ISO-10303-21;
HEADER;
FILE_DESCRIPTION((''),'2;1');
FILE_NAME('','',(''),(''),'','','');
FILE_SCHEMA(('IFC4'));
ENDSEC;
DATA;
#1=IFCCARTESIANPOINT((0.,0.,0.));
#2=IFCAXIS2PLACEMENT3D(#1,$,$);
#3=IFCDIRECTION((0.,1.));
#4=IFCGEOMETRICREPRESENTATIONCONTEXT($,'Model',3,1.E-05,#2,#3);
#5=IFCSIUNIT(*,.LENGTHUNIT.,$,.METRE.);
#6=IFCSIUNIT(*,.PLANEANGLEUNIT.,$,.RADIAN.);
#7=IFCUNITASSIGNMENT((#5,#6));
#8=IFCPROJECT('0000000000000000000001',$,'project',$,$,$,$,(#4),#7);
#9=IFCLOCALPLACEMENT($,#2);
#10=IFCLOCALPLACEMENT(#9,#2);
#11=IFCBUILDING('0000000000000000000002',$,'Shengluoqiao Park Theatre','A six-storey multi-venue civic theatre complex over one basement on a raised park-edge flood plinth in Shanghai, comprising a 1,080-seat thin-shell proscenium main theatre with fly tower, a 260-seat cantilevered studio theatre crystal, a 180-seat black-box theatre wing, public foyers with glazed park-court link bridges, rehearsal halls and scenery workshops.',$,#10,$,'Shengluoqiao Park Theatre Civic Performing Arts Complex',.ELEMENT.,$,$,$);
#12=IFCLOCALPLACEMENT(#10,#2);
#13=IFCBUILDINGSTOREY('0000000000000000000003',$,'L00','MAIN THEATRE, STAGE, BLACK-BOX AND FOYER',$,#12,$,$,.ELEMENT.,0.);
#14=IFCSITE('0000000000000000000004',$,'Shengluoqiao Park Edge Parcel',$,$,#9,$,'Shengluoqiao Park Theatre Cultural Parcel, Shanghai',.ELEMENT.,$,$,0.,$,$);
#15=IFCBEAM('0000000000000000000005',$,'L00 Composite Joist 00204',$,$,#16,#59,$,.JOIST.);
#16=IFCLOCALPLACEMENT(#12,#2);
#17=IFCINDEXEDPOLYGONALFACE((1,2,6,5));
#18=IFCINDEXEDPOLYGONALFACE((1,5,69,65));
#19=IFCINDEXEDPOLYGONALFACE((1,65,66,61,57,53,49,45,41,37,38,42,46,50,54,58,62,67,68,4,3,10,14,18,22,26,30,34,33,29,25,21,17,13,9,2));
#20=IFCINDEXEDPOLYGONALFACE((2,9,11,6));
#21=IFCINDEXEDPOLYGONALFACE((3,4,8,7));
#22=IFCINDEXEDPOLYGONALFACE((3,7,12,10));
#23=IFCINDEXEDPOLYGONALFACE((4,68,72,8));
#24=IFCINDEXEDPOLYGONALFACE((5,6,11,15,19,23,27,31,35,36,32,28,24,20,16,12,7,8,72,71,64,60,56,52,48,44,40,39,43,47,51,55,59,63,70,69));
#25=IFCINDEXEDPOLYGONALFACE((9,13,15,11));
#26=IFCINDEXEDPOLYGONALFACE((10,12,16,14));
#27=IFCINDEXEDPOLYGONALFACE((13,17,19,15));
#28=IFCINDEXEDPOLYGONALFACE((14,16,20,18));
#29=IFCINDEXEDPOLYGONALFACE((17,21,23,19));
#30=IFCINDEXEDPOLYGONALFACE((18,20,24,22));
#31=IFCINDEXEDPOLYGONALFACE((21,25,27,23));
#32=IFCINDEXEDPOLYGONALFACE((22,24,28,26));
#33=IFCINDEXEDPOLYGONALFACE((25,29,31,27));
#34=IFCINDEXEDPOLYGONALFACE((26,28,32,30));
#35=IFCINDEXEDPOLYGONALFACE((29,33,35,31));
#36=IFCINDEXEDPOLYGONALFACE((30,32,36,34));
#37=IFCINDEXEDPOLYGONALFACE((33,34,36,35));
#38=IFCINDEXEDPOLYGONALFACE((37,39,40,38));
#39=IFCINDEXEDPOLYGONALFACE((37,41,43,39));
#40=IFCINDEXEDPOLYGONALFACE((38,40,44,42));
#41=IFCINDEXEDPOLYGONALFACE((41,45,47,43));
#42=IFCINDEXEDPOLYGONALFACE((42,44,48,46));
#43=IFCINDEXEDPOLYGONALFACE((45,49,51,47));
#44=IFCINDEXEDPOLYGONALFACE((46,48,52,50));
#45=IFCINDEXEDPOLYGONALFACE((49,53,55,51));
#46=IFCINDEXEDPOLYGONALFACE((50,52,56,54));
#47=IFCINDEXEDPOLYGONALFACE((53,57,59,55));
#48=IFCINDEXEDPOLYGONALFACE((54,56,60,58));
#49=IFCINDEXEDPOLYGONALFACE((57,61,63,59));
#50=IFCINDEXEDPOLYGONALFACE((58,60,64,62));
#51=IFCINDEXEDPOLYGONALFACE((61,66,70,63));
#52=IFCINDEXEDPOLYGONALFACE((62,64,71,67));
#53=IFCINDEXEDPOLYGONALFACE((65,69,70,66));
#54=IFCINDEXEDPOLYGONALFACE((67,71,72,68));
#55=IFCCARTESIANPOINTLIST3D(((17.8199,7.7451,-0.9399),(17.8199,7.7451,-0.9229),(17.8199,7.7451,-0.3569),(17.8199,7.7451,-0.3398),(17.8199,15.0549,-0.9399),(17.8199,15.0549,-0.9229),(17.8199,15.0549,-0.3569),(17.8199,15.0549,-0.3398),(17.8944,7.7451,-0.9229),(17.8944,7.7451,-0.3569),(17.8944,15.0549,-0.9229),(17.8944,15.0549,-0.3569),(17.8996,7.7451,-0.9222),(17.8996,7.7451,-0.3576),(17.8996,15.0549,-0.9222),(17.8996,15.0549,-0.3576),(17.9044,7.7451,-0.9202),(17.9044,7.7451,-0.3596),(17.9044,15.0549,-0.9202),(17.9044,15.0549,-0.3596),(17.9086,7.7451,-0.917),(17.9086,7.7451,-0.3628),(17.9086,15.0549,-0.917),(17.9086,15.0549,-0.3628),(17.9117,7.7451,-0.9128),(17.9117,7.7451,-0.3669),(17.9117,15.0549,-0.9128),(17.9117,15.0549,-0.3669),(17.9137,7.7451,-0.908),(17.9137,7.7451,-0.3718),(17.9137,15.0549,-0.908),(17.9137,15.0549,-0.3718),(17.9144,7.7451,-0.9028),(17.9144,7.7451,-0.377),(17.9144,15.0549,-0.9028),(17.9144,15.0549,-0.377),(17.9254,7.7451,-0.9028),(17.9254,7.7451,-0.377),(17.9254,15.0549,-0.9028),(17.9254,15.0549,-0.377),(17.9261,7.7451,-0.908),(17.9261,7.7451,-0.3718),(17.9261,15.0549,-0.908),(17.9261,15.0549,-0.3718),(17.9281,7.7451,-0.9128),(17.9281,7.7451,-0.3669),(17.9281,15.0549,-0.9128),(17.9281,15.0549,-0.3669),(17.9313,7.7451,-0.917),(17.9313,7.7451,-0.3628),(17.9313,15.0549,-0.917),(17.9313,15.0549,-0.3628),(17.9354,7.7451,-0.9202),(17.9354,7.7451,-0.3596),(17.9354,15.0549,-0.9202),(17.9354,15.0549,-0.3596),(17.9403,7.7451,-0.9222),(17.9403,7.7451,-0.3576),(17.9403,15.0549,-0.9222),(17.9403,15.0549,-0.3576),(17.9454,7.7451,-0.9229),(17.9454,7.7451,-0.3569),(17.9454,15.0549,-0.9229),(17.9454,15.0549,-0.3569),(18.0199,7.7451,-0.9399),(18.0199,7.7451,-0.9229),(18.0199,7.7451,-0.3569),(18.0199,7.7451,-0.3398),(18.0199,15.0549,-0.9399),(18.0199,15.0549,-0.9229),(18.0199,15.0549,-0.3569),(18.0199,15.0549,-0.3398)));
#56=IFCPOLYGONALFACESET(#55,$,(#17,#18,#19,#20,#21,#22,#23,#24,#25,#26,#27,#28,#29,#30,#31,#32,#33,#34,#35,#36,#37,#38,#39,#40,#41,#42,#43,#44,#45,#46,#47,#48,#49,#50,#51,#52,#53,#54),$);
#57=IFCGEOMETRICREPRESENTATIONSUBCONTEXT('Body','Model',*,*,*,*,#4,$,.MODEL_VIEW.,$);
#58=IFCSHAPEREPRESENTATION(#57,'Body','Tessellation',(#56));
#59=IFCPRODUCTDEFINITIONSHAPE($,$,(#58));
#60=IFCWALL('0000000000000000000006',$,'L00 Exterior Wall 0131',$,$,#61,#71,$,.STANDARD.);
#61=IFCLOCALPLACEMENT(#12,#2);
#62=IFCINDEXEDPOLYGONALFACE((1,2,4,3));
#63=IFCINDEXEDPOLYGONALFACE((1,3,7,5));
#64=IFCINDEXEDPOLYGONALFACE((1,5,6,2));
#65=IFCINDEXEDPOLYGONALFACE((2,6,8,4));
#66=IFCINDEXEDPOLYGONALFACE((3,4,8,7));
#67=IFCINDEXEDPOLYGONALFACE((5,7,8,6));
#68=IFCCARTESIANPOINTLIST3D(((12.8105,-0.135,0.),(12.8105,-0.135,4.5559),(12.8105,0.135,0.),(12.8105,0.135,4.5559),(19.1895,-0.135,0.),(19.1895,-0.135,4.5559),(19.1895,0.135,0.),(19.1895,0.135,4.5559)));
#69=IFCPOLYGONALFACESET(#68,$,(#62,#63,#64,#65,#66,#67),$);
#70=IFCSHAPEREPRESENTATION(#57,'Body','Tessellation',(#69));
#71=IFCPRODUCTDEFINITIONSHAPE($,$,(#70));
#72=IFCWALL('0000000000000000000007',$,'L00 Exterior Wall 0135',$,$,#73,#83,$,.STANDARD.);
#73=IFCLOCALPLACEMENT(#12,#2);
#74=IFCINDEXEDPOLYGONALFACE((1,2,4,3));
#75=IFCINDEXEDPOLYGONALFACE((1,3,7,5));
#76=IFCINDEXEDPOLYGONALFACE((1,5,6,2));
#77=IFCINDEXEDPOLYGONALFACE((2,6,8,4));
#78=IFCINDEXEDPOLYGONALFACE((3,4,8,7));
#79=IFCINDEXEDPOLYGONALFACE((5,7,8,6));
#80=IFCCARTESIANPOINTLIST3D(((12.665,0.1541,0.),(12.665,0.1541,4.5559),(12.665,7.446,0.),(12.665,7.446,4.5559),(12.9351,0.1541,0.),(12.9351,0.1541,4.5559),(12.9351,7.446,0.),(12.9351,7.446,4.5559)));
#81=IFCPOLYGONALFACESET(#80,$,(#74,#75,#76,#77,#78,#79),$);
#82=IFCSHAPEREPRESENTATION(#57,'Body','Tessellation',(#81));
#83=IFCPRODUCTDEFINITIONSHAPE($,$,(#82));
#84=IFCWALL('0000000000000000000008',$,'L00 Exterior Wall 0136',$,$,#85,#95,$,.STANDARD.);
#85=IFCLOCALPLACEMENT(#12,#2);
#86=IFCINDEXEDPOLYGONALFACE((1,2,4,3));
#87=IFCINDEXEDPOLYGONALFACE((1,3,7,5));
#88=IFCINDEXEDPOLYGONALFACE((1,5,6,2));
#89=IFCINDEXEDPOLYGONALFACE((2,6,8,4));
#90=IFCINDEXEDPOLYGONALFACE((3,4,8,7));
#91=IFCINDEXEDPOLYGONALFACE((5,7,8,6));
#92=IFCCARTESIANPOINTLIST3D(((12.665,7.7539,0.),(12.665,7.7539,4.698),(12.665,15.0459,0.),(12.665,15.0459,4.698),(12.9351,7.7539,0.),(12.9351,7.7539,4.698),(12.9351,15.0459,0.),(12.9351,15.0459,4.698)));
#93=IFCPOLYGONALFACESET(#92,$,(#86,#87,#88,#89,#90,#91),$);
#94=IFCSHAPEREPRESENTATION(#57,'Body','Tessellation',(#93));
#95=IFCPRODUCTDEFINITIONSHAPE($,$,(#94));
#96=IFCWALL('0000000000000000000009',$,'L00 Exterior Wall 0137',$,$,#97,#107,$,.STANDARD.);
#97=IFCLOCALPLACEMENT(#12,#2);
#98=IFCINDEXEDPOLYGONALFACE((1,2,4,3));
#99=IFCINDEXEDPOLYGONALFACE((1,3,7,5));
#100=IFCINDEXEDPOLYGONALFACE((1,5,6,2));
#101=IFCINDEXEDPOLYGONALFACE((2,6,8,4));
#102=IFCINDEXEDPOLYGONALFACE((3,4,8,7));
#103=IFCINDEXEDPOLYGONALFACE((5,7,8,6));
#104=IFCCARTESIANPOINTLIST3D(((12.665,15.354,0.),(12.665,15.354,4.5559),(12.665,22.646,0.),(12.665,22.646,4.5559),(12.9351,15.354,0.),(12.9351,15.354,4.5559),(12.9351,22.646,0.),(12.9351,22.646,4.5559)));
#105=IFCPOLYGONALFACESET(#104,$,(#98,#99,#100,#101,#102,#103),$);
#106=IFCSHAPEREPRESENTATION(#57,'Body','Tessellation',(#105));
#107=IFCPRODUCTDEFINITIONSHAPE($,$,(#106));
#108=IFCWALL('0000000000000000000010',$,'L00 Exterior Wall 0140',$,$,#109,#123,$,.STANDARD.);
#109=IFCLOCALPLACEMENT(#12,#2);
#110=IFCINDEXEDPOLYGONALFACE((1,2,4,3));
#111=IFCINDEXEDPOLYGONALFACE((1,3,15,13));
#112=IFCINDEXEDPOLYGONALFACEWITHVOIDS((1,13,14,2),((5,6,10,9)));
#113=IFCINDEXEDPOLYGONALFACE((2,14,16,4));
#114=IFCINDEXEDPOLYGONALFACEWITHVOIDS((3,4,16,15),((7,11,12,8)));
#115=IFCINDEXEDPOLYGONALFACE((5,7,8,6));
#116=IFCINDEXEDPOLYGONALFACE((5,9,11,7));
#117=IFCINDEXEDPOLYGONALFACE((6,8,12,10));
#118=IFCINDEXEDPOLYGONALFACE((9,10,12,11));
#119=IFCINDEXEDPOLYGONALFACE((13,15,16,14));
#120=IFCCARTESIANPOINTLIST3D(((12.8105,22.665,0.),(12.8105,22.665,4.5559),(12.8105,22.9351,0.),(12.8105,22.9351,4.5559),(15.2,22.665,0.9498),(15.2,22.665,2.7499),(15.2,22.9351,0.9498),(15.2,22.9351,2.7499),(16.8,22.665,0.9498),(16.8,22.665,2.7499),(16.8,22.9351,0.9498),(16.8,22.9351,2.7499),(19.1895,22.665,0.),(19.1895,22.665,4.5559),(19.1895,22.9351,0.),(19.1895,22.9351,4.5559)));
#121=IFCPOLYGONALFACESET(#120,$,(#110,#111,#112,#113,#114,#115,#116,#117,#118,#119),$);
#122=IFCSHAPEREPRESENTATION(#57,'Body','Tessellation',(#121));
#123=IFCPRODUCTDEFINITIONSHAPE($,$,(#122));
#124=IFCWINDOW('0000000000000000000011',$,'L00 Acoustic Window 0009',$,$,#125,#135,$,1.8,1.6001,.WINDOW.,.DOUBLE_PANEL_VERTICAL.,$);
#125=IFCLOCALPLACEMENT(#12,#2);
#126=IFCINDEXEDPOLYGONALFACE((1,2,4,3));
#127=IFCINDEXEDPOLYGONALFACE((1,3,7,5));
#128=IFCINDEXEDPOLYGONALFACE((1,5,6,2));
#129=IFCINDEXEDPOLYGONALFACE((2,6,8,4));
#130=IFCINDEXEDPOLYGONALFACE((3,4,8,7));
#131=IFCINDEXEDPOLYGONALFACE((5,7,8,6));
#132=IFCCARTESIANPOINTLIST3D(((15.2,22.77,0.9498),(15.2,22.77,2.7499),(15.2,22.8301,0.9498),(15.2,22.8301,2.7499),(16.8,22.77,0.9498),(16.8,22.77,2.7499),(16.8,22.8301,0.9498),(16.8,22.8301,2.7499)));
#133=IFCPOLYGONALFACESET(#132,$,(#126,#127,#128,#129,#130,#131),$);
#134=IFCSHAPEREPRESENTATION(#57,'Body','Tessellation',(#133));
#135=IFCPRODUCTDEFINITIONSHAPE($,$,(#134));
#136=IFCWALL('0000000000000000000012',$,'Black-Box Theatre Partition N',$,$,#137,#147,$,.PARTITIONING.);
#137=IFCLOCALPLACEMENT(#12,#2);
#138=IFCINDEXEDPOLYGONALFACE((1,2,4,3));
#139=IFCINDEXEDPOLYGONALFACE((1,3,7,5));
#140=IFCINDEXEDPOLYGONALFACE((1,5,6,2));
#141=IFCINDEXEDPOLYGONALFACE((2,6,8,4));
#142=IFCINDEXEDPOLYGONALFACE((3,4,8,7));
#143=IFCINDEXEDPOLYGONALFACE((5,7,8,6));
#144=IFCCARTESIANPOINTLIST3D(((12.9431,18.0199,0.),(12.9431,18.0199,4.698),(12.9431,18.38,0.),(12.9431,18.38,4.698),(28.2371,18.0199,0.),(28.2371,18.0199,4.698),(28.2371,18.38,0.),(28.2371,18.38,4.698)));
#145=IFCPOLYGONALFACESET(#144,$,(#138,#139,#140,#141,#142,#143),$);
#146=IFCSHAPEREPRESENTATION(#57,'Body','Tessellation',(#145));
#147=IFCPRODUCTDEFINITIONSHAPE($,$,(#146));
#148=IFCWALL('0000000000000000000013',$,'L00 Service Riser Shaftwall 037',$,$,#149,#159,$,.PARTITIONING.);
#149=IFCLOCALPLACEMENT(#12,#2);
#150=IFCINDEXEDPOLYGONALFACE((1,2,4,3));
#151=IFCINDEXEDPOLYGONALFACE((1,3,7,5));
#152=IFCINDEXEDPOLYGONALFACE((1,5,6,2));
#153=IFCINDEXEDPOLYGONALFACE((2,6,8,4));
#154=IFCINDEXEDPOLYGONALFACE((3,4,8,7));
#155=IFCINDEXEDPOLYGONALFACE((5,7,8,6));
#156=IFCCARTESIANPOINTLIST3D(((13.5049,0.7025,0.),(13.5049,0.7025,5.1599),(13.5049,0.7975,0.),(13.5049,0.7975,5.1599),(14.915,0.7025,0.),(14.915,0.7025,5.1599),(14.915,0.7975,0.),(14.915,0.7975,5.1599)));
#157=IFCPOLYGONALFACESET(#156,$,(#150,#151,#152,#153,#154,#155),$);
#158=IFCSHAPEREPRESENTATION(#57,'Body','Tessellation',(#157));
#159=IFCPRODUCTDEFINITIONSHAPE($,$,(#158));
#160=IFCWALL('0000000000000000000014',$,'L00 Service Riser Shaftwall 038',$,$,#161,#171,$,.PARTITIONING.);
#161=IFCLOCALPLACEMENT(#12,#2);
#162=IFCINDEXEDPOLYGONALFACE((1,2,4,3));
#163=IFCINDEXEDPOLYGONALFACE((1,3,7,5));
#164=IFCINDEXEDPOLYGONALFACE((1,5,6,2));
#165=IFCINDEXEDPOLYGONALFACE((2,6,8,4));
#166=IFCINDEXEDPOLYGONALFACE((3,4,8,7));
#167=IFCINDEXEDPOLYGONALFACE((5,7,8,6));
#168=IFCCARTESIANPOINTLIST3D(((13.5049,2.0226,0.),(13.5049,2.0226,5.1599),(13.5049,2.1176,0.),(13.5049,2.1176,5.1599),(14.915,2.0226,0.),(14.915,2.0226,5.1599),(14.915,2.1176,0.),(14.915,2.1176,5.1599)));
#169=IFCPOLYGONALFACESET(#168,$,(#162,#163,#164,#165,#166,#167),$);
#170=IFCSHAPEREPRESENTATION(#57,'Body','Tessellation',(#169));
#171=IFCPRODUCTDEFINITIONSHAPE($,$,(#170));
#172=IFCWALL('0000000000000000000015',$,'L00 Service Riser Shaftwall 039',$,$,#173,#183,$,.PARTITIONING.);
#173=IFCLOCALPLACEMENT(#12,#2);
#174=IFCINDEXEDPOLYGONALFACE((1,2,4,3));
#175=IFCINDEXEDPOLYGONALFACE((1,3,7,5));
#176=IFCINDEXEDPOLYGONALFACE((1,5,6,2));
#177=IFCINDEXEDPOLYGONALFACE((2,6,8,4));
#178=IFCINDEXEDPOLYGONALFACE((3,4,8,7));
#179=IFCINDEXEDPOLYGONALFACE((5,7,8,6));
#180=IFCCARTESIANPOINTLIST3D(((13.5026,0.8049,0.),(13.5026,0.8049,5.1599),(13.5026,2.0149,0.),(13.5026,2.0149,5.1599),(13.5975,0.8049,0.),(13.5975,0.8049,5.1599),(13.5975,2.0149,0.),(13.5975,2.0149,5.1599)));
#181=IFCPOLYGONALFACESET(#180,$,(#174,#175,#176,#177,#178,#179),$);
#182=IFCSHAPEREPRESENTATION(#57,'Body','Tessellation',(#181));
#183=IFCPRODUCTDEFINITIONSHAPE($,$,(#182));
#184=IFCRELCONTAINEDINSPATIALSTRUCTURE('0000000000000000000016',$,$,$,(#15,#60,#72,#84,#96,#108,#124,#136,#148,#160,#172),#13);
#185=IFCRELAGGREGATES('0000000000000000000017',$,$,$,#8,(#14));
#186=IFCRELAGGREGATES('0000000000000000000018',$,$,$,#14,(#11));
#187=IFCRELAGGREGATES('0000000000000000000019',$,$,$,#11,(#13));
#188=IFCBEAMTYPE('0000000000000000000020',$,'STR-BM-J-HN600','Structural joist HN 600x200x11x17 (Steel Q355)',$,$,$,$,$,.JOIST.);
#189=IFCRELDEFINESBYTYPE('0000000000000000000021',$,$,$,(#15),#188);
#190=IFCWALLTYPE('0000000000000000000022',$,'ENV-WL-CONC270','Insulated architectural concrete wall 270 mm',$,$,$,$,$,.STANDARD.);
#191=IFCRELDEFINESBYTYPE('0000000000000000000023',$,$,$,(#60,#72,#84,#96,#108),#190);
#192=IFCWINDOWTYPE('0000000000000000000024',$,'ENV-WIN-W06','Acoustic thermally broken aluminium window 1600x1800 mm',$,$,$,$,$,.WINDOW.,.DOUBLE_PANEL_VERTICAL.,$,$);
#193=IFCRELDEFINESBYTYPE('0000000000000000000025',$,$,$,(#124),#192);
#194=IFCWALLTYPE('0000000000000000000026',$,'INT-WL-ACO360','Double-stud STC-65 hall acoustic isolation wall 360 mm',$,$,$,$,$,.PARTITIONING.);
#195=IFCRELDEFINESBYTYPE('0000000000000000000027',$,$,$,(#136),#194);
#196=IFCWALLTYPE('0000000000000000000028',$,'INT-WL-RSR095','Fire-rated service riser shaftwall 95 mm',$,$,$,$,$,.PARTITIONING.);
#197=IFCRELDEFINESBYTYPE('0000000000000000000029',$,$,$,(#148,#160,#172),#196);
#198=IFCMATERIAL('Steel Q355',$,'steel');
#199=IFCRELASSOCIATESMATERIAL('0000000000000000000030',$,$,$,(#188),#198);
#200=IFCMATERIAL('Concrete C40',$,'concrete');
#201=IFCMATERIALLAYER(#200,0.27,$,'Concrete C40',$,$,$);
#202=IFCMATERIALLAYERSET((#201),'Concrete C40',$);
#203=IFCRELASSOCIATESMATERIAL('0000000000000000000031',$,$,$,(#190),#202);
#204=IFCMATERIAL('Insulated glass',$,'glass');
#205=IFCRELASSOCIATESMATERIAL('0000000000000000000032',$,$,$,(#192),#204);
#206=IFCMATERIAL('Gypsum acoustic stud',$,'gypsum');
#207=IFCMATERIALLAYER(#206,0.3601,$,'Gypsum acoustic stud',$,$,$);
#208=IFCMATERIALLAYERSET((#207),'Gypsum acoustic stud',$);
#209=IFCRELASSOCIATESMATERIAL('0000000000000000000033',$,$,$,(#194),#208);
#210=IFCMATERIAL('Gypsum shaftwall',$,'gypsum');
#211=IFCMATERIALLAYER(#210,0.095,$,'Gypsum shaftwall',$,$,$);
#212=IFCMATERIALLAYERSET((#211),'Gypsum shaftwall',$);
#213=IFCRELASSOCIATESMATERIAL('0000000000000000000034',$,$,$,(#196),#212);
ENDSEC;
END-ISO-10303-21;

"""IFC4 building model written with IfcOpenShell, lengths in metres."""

from ifc_helpers import new_model, si_unit, direction, frame, frame_2d, origin, origin_2d, place, context, subcontext, project, spatial, rectangle, i_section, extrude, material, layer, layer_set, material_profile, profile_set, type_object, element, fill, save


model = new_model("IFC4")

# Units and contexts
model_context = context("Model", 3, precision=1e-05, world=origin(), true_north=direction((0.0, 1.0)))
body_context = subcontext(model_context, "Body", "Model", "MODEL_VIEW")
ifc_project = project(units=[si_unit("LENGTHUNIT", "METRE"), si_unit("PLANEANGLEUNIT", "RADIAN")], contexts=[model_context])

# Site, building, storey
site_placement = place(None, origin())
site = spatial("IfcSite", under=ifc_project, at=site_placement, Name="Shengluoqiao Park Edge Parcel", LongName="Shengluoqiao Park Theatre Cultural Parcel, Shanghai", CompositionType="ELEMENT", RefElevation=0.0)
building_placement = place(site_placement, origin())
building = spatial("IfcBuilding", under=site, at=building_placement, Name="Shengluoqiao Park Theatre", Description="A six-storey multi-venue civic theatre complex over one basement on a raised park-edge flood plinth in Shanghai, comprising a 1,080-seat thin-shell proscenium main theatre with fly tower, a 260-seat cantilevered studio theatre crystal, a 180-seat black-box theatre wing, public foyers with glazed park-court link bridges, rehearsal halls and scenery workshops.", LongName="Shengluoqiao Park Theatre Civic Performing Arts Complex", CompositionType="ELEMENT")
storey_placement = place(building_placement, origin())
storey = spatial("IfcBuildingStorey", under=building, at=storey_placement, Name="L00", Description="MAIN THEATRE, STAGE, BLACK-BOX AND FOYER", CompositionType="ELEMENT", Elevation=0.0)

# Shared definitions
ifc_material_1 = material(Name="Steel Q355", Category="steel")

# Beam
ifc_material_profile_1 = material_profile(ifc_material_1, i_section(OverallWidth=0.2, OverallDepth=0.6001, WebThickness=0.011, FlangeThickness=0.0171, FilletRadius=0.02, at=origin_2d()), Name="HN 600x200x11x17")
ifc_profile_set_1 = profile_set([ifc_material_profile_1], Name="Steel Q355")
beam_type_1 = type_object("IfcBeamType", Name="STR-BM-J-HN600", Description="Structural joist HN 600x200x11x17 (Steel Q355)", PredefinedType="JOIST", material=ifc_profile_set_1)
for number, where, z_axis, x_axis, name in (
    (1, (17.9199, 7.7451, -0.6399), (0.0, 1.0, 0.0), (-1.0, 0.0, 0.0), "L00 Composite Joist 00204"),
):
    element("IfcBeam", number, at=place(storey_placement, frame(where, z_axis=z_axis, x_axis=x_axis)), inside=storey, type_object=beam_type_1, Name=name, PredefinedType="JOIST", context=body_context, shape_type="SweptSolid", body=[
        extrude(i_section(OverallWidth=0.2, OverallDepth=0.6001, WebThickness=0.011, FlangeThickness=0.0171, FilletRadius=0.02, at=origin_2d()), origin(), (0.0, 0.0, 1.0), 7.3098),
    ])

# Walls
ifc_material_2 = material(Name="Concrete C40", Category="concrete")
ifc_layer_1 = layer(ifc_material_2, 0.27, Name="Concrete C40")
ifc_layer_set_1 = layer_set([ifc_layer_1], Name="Concrete C40")
wall_type_1 = type_object("IfcWallType", Name="ENV-WL-CONC270", Description="Insulated architectural concrete wall 270 mm", PredefinedType="STANDARD", material=ifc_layer_set_1)
wall_1_placement = place(storey_placement, frame((12.8105, 0.0, 0.0), z_axis=(0.0, 0.0, 1.0), x_axis=(1.0, 0.0, 0.0)))
element("IfcWall", 2, at=wall_1_placement, inside=storey, type_object=wall_type_1, Name="L00 Exterior Wall 0131", PredefinedType="STANDARD", context=body_context, shape_type="SweptSolid", body=[
    extrude(rectangle(XDim=6.3789, YDim=0.27, at=frame_2d((3.1895, 0.0))), origin(), (0.0, 0.0, 1.0), 4.5559),
])
wall_2_placement = place(storey_placement, frame((12.8, 0.1541, 0.0), z_axis=(0.0, 0.0, 1.0), x_axis=(0.0, 1.0, 0.0)))
element("IfcWall", 3, at=wall_2_placement, inside=storey, type_object=wall_type_1, Name="L00 Exterior Wall 0135", PredefinedType="STANDARD", context=body_context, shape_type="SweptSolid", body=[
    extrude(rectangle(XDim=7.292, YDim=0.27, at=frame_2d((3.646, 0.0))), origin(), (0.0, 0.0, 1.0), 4.5559),
])
wall_3_placement = place(storey_placement, frame((12.8, 7.7539, 0.0), z_axis=(0.0, 0.0, 1.0), x_axis=(0.0, 1.0, 0.0)))
element("IfcWall", 4, at=wall_3_placement, inside=storey, type_object=wall_type_1, Name="L00 Exterior Wall 0136", PredefinedType="STANDARD", context=body_context, shape_type="SweptSolid", body=[
    extrude(rectangle(XDim=7.292, YDim=0.27, at=frame_2d((3.646, 0.0))), origin(), (0.0, 0.0, 1.0), 4.698),
])
wall_4_placement = place(storey_placement, frame((12.8, 15.354, 0.0), z_axis=(0.0, 0.0, 1.0), x_axis=(0.0, 1.0, 0.0)))
element("IfcWall", 5, at=wall_4_placement, inside=storey, type_object=wall_type_1, Name="L00 Exterior Wall 0137", PredefinedType="STANDARD", context=body_context, shape_type="SweptSolid", body=[
    extrude(rectangle(XDim=7.292, YDim=0.27, at=frame_2d((3.646, 0.0))), origin(), (0.0, 0.0, 1.0), 4.5559),
])

# Wall, opening, window
wall_5_placement = place(storey_placement, frame((12.8105, 22.8, 0.0), z_axis=(0.0, 0.0, 1.0), x_axis=(1.0, 0.0, 0.0)))
wall_5 = element("IfcWall", 6, at=wall_5_placement, inside=storey, type_object=wall_type_1, Name="L00 Exterior Wall 0140", PredefinedType="STANDARD", context=body_context, shape_type="SweptSolid", body=[
    extrude(rectangle(XDim=6.3789, YDim=0.27, at=frame_2d((3.1895, 0.0))), origin(), (0.0, 0.0, 1.0), 4.5559),
])
opening_placement = place(wall_5_placement, frame((2.3894, 0.0, 0.95)))
opening = element("IfcOpeningElement", 7, at=opening_placement, cuts=wall_5, PredefinedType="OPENING", context=body_context, shape_type="SweptSolid", body=[
    extrude(rectangle(XDim=1.6001, YDim=1.8, at=frame_2d((0.8, 0.8999))), frame((0.0, 0.145, 0.0), z_axis=(0.0, -1.0, 0.0), x_axis=(1.0, 0.0, 0.0)), (0.0, 0.0, 1.0), 0.29),
])
ifc_material_3 = material(Name="Insulated glass", Category="glass")
window_type = type_object("IfcWindowType", Name="ENV-WIN-W06", Description="Acoustic thermally broken aluminium window 1600x1800 mm", PartitioningType="DOUBLE_PANEL_VERTICAL", PredefinedType="WINDOW", material=ifc_material_3)
window_placement = place(opening_placement, origin())
window = element("IfcWindow", 8, at=window_placement, inside=storey, type_object=window_type, Name="L00 Acoustic Window 0009", OverallHeight=1.8, OverallWidth=1.6001, PartitioningType="DOUBLE_PANEL_VERTICAL", PredefinedType="WINDOW", context=body_context, shape_type="SweptSolid", body=[
    extrude(rectangle(XDim=1.6001, YDim=1.8, at=frame_2d((0.8, 0.8999))), frame((0.0, 0.03, 0.0), z_axis=(0.0, -1.0, 0.0), x_axis=(1.0, 0.0, 0.0)), (0.0, 0.0, 1.0), 0.0601),
])
fill(opening, window)

# Walls
ifc_material_4 = material(Name="Gypsum acoustic stud", Category="gypsum")
ifc_layer_2 = layer(ifc_material_4, 0.3601, Name="Gypsum acoustic stud")
ifc_layer_set_2 = layer_set([ifc_layer_2], Name="Gypsum acoustic stud")
wall_type_2 = type_object("IfcWallType", Name="INT-WL-ACO360", Description="Double-stud STC-65 hall acoustic isolation wall 360 mm", PredefinedType="PARTITIONING", material=ifc_layer_set_2)
wall_6_placement = place(storey_placement, frame((12.9431, 18.2, 0.0), z_axis=(0.0, 0.0, 1.0), x_axis=(1.0, 0.0, 0.0)))
element("IfcWall", 9, at=wall_6_placement, inside=storey, type_object=wall_type_2, Name="Black-Box Theatre Partition N", PredefinedType="PARTITIONING", context=body_context, shape_type="SweptSolid", body=[
    extrude(rectangle(XDim=15.2939, YDim=0.3601, at=frame_2d((7.647, 0.0))), origin(), (0.0, 0.0, 1.0), 4.698),
])
ifc_material_5 = material(Name="Gypsum shaftwall", Category="gypsum")
ifc_layer_3 = layer(ifc_material_5, 0.095, Name="Gypsum shaftwall")
ifc_layer_set_3 = layer_set([ifc_layer_3], Name="Gypsum shaftwall")
wall_type_3 = type_object("IfcWallType", Name="INT-WL-RSR095", Description="Fire-rated service riser shaftwall 95 mm", PredefinedType="PARTITIONING", material=ifc_layer_set_3)
for number, where, z_axis, x_axis, name in (
    (10, (13.5049, 0.75, 0.0), (0.0, 0.0, 1.0), (1.0, 0.0, 0.0), "L00 Service Riser Shaftwall 037"),
    (11, (13.5049, 2.0701, 0.0), (0.0, 0.0, 1.0), (1.0, 0.0, 0.0), "L00 Service Riser Shaftwall 038"),
):
    element("IfcWall", number, at=place(storey_placement, frame(where, z_axis=z_axis, x_axis=x_axis)), inside=storey, type_object=wall_type_3, Name=name, PredefinedType="PARTITIONING", context=body_context, shape_type="SweptSolid", body=[
        extrude(rectangle(XDim=1.4102, YDim=0.095, at=frame_2d((0.7051, 0.0))), origin(), (0.0, 0.0, 1.0), 5.1599),
    ])
for number, where, z_axis, x_axis, name in (
    (12, (13.55, 0.8049, 0.0), (0.0, 0.0, 1.0), (0.0, 1.0, 0.0), "L00 Service Riser Shaftwall 039"),
):
    element("IfcWall", number, at=place(storey_placement, frame(where, z_axis=z_axis, x_axis=x_axis)), inside=storey, type_object=wall_type_3, Name=name, PredefinedType="PARTITIONING", context=body_context, shape_type="SweptSolid", body=[
        extrude(rectangle(XDim=1.21, YDim=0.095, at=frame_2d((0.605, 0.0))), origin(), (0.0, 0.0, 1.0), 5.1599),
    ])

save(model, "model.ifc")
